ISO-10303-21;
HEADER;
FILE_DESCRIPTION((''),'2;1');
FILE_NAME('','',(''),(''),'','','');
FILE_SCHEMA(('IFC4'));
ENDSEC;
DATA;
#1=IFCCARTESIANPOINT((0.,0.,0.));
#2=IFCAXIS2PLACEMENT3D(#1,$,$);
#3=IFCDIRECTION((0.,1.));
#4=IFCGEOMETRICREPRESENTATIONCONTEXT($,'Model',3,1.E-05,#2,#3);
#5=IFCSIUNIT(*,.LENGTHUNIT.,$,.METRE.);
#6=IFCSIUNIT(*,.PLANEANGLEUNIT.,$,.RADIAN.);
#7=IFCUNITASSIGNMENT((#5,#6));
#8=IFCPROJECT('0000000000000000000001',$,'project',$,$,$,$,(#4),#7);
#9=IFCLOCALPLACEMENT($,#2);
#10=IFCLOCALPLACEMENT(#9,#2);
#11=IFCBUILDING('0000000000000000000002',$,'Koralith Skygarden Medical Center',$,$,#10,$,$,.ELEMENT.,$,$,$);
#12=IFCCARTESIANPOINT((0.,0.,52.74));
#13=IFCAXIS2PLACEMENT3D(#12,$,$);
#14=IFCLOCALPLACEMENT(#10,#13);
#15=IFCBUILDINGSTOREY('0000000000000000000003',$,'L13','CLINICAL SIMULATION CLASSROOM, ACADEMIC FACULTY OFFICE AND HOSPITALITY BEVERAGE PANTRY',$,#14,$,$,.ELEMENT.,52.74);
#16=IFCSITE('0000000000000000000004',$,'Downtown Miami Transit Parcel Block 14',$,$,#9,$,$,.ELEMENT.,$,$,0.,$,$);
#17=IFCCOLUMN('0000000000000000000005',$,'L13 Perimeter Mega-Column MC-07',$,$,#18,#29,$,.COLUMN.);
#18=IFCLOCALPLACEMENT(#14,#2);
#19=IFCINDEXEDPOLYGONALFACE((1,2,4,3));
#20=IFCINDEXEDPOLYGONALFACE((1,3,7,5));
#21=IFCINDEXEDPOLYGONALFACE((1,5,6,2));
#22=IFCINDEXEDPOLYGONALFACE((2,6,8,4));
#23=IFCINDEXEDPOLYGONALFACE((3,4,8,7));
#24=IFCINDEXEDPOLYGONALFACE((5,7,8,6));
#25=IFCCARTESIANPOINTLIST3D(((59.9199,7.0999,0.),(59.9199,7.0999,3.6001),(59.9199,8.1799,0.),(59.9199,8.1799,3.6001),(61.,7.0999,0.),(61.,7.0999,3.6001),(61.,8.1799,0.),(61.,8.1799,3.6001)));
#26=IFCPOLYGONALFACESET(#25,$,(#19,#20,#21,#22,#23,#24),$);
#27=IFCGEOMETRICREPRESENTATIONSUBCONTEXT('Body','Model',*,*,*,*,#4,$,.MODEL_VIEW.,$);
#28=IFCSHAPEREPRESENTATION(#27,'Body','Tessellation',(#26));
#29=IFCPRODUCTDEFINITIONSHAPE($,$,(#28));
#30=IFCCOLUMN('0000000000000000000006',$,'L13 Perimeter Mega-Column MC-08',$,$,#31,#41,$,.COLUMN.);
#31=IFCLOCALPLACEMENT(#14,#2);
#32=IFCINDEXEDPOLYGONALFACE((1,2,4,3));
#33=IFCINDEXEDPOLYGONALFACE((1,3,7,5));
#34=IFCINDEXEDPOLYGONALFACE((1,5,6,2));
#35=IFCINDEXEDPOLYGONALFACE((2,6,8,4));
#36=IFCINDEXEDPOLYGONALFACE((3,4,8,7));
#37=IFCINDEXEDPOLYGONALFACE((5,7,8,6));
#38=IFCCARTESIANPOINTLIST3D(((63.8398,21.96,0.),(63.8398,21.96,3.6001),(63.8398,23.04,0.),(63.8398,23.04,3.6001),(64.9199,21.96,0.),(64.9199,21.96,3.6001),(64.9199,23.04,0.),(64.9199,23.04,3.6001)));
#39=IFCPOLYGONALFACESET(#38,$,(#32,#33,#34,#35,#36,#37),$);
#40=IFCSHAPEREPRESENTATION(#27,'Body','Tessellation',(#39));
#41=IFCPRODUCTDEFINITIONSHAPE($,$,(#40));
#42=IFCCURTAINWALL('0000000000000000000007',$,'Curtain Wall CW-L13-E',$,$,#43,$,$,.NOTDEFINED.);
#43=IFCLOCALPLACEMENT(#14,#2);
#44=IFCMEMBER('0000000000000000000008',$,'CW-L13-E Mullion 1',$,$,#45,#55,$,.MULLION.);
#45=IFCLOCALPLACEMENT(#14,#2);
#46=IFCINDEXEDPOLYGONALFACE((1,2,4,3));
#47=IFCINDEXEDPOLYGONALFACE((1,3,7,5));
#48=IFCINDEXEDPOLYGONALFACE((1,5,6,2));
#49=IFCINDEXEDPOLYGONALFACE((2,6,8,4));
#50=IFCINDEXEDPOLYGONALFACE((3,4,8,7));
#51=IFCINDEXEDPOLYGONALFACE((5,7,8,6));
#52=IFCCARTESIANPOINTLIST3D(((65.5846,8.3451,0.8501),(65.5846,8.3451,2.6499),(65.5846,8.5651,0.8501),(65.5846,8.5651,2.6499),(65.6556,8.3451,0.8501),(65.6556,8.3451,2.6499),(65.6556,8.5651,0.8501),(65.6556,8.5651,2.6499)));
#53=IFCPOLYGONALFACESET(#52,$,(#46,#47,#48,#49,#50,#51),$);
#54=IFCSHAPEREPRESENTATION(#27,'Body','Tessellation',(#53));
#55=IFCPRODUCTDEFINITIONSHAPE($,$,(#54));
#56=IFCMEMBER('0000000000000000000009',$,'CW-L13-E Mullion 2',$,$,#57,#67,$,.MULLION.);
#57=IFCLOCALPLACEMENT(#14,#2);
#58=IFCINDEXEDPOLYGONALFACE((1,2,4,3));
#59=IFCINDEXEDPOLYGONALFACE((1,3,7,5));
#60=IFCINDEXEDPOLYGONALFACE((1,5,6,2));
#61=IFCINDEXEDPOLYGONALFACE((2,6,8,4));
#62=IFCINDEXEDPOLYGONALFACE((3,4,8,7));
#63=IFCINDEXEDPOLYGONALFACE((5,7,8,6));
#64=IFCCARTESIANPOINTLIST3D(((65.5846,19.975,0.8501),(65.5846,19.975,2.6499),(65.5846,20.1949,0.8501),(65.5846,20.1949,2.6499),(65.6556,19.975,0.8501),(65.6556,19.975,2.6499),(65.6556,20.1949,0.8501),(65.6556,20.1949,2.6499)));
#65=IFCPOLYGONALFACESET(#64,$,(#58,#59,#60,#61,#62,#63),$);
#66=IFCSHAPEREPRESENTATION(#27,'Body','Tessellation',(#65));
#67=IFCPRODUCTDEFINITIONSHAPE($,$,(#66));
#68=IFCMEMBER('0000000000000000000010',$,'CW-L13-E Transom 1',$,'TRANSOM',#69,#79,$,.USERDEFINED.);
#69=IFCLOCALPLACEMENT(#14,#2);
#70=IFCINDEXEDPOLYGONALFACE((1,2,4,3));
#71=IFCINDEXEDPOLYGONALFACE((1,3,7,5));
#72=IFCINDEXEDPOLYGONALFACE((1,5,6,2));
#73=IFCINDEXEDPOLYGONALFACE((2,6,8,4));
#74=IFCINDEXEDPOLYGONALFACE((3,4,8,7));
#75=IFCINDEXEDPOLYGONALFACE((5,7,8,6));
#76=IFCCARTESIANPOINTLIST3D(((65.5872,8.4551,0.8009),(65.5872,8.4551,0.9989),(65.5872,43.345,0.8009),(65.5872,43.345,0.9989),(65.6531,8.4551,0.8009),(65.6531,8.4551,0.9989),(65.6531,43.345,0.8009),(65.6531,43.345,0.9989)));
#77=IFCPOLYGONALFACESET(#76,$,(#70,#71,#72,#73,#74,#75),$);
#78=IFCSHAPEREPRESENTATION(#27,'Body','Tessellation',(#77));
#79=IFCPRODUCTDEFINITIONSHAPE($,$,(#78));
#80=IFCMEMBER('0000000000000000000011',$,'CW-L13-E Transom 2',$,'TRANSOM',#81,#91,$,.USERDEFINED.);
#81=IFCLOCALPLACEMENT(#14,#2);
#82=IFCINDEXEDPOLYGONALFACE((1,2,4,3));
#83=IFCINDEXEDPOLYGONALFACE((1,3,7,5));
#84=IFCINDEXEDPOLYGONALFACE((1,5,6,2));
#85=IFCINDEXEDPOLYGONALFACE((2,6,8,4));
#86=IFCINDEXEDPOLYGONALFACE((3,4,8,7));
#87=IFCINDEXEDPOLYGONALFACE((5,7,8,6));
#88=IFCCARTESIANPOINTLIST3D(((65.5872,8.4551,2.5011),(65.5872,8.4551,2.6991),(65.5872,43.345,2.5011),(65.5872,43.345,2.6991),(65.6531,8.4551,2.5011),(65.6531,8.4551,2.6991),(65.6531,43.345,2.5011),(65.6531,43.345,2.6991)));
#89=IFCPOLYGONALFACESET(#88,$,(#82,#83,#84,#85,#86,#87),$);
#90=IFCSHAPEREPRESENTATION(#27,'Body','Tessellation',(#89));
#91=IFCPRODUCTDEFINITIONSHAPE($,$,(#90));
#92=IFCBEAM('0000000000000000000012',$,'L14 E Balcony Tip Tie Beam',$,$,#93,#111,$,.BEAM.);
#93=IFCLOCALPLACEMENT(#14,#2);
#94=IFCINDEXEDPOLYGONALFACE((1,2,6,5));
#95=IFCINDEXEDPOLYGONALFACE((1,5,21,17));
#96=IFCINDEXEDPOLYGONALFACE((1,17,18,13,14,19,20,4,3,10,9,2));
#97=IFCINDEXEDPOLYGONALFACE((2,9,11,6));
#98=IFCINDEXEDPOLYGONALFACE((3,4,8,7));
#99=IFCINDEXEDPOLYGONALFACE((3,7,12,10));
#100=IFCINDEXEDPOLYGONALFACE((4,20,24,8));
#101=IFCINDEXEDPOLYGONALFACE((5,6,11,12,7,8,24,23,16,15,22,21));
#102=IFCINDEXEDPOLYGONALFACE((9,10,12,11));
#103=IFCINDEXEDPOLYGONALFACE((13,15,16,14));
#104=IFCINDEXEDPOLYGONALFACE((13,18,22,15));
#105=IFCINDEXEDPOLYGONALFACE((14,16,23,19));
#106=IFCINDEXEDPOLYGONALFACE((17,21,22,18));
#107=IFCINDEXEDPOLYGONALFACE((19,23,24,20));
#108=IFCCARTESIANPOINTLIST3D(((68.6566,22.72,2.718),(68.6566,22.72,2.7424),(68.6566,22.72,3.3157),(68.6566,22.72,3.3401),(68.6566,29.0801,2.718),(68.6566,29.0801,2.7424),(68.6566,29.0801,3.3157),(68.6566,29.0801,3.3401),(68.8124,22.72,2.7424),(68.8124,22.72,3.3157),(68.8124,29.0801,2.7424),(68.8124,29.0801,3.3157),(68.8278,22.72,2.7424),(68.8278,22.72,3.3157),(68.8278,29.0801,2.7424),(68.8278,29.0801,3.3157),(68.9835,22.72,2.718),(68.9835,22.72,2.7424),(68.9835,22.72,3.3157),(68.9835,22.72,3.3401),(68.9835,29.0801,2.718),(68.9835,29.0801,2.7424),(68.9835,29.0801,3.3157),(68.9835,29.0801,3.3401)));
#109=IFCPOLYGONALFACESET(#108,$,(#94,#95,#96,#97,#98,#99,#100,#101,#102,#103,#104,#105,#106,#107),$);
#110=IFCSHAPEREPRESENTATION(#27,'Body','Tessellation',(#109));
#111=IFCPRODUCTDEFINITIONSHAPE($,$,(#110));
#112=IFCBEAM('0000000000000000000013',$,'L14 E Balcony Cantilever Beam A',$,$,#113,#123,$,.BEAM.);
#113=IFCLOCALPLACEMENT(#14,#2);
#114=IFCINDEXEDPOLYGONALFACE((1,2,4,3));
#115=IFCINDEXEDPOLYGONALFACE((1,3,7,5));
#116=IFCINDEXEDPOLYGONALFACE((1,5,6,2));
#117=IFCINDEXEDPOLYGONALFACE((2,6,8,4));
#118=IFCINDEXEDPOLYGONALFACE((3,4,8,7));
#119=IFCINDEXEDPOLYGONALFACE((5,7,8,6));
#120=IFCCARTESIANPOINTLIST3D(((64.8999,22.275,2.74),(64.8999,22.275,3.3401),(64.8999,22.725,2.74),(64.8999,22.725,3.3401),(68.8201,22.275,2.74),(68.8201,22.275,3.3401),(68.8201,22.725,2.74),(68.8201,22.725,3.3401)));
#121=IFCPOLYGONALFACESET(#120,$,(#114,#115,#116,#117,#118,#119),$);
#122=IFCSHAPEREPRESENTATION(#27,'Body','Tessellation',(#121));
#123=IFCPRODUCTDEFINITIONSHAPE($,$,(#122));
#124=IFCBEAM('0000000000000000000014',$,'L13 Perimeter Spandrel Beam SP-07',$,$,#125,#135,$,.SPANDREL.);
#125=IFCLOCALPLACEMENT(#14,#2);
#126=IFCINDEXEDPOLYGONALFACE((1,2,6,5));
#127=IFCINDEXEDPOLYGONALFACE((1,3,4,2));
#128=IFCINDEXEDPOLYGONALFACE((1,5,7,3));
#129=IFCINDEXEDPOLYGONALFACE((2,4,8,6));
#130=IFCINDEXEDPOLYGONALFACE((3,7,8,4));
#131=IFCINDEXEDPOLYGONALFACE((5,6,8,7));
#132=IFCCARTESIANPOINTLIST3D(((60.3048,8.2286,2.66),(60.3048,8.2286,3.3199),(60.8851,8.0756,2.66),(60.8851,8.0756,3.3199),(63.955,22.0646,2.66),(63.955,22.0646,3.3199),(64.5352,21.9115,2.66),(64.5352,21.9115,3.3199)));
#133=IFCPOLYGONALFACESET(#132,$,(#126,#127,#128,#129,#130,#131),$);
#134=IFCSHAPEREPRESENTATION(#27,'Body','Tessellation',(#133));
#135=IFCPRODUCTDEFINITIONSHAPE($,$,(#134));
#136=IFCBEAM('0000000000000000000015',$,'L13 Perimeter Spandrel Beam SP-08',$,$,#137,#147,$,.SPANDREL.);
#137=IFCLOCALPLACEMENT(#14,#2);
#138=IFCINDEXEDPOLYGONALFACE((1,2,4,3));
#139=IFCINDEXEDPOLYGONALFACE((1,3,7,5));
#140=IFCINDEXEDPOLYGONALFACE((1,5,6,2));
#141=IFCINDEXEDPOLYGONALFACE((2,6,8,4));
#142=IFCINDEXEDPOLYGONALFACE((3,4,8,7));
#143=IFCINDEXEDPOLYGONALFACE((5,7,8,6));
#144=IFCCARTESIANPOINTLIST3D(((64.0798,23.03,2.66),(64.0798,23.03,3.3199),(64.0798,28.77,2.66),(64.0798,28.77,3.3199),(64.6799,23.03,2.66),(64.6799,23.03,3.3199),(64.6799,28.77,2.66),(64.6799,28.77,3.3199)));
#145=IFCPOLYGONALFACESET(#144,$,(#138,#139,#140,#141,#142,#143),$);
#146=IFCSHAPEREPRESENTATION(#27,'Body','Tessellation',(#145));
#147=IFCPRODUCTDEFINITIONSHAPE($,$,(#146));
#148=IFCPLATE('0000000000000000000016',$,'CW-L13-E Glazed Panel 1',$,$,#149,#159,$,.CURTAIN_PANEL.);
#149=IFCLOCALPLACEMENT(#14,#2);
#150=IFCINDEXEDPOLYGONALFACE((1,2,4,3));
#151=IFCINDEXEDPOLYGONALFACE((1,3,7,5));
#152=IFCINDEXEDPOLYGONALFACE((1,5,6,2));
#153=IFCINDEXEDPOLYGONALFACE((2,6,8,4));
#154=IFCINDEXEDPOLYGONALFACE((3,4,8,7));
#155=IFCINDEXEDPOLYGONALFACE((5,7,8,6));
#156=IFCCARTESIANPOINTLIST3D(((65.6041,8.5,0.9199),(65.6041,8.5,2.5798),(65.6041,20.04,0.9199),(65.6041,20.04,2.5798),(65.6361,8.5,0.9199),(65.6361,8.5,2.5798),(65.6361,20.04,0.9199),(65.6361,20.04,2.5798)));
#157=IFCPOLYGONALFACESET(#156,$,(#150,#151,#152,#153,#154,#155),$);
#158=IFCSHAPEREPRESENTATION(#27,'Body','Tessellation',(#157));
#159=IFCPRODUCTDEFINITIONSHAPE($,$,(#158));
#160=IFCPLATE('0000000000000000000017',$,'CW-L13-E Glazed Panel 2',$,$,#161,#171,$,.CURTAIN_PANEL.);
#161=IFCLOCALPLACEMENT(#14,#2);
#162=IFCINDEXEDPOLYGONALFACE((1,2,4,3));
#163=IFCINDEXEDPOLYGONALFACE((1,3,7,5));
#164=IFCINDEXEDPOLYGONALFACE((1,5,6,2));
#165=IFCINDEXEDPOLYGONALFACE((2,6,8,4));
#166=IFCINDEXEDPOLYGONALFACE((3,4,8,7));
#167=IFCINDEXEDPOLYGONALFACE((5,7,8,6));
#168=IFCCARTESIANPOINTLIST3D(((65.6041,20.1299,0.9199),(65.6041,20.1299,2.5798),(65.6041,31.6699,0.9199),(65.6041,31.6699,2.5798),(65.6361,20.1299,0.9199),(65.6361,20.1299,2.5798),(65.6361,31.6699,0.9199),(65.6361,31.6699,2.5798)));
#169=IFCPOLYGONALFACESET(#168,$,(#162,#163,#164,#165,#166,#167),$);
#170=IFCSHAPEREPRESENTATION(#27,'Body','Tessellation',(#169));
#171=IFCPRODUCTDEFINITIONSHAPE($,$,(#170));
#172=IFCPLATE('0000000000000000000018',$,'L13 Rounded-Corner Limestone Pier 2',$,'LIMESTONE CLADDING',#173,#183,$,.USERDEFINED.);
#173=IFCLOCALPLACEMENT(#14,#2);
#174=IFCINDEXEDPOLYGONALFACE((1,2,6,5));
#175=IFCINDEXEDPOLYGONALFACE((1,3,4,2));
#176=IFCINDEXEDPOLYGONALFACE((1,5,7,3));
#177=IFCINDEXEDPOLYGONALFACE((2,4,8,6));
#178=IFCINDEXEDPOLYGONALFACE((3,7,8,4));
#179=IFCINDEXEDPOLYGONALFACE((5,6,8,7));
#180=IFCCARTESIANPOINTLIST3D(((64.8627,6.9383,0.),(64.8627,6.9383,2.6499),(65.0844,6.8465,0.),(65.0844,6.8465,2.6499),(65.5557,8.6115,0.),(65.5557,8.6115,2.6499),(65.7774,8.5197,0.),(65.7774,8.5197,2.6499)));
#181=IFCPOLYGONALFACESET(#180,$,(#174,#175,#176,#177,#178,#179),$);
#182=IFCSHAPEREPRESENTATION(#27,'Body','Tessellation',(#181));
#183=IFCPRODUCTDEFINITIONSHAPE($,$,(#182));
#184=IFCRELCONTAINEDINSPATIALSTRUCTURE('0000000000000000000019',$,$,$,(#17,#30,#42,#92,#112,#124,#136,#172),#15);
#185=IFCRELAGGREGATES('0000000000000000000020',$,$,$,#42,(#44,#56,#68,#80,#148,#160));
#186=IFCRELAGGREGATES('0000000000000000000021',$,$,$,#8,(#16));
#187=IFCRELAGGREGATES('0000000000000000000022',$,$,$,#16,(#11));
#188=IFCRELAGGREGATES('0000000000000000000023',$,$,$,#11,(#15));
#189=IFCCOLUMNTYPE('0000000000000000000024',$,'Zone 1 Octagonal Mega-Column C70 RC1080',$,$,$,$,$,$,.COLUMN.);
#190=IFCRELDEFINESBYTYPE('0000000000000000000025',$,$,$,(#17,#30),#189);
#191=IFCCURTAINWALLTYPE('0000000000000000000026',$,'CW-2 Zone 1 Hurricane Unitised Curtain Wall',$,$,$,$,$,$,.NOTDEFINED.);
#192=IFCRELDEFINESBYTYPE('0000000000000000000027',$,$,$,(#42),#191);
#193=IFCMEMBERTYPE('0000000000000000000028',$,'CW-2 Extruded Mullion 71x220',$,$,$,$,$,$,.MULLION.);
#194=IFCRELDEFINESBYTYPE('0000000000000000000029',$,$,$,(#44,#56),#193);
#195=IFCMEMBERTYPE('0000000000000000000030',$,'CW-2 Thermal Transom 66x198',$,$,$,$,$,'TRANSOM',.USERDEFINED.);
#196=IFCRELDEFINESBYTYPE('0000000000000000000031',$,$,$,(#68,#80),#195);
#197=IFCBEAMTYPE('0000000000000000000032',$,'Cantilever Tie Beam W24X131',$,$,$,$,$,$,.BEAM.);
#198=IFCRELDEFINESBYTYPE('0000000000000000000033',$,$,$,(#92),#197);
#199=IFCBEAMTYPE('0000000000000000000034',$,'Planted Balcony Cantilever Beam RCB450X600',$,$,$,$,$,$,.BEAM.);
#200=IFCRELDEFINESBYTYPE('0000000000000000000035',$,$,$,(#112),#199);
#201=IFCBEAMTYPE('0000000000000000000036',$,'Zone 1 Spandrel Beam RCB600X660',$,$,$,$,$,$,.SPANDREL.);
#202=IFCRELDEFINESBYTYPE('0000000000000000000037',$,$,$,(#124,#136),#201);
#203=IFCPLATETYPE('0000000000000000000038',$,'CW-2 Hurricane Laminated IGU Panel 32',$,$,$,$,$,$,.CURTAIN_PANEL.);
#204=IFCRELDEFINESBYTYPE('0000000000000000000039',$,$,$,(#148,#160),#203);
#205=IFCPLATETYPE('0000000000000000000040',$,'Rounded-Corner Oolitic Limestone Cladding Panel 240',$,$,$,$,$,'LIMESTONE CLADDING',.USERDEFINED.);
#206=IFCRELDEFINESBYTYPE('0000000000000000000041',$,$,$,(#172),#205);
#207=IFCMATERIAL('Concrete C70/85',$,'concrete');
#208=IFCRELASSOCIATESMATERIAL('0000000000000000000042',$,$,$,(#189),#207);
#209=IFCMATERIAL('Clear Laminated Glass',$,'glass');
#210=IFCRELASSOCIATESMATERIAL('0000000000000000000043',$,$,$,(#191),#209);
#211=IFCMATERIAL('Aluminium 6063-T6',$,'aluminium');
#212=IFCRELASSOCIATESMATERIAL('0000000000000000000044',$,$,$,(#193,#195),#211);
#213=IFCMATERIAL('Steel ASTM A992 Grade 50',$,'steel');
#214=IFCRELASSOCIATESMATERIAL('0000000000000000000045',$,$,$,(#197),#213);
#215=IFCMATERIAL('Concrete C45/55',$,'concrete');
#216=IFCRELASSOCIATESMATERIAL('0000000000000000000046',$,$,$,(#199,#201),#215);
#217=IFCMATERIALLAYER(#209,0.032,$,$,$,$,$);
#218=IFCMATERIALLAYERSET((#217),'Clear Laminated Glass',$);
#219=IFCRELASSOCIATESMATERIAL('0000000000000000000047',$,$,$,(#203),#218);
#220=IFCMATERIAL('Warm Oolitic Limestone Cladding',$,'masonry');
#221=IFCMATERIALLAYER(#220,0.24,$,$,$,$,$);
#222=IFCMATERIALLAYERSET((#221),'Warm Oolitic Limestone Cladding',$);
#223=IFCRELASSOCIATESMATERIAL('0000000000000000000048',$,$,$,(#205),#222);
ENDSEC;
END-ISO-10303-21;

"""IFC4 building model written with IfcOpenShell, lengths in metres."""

from ifc_helpers import new_model, si_unit, direction, frame, origin, origin_2d, place, context, subcontext, project, spatial, rectangle, i_section, extrude, material, layer, layer_set, material_profile, profile_set, type_object, element, aggregate, save


model = new_model("IFC4")

# Units and contexts
model_context = context("Model", 3, precision=1e-05, world=origin(), true_north=direction((0.0, 1.0)))
body_context = subcontext(model_context, "Body", "Model", "MODEL_VIEW")
ifc_project = project(units=[si_unit("LENGTHUNIT", "METRE"), si_unit("PLANEANGLEUNIT", "RADIAN")], contexts=[model_context])

# Site, building, storey
site_placement = place(None, origin())
site = spatial("IfcSite", under=ifc_project, at=site_placement, Name="Downtown Miami Transit Parcel Block 14", CompositionType="ELEMENT", RefElevation=0.0)
building_placement = place(site_placement, origin())
building = spatial("IfcBuilding", under=site, at=building_placement, Name="Koralith Skygarden Medical Center", CompositionType="ELEMENT")
storey_placement = place(building_placement, frame((0.0, 0.0, 52.74)))
storey = spatial("IfcBuildingStorey", under=building, at=storey_placement, Name="L13", Description="CLINICAL SIMULATION CLASSROOM, ACADEMIC FACULTY OFFICE AND HOSPITALITY BEVERAGE PANTRY", CompositionType="ELEMENT", Elevation=52.74)

# Columns
ifc_material_1 = material(Name="Concrete C70/85", Category="concrete")
ifc_material_profile_1 = material_profile(ifc_material_1, rectangle(XDim=1.0801, YDim=1.0801, at=origin_2d()), Name="RC1080X1080")
ifc_profile_set_1 = profile_set([ifc_material_profile_1], Name="Concrete C70/85")
column_type = type_object("IfcColumnType", Name="Zone 1 Octagonal Mega-Column C70 RC1080", PredefinedType="COLUMN", material=ifc_profile_set_1)
for number, where, z_axis, x_axis, name in (
    (1, (60.46, 7.6399, 0.0), (0.0, 0.0, 1.0), (1.0, 0.0, 0.0), "L13 Perimeter Mega-Column MC-07"),
    (2, (64.3799, 22.5, 0.0), (0.0, 0.0, 1.0), (1.0, 0.0, 0.0), "L13 Perimeter Mega-Column MC-08"),
):
    element("IfcColumn", number, at=place(storey_placement, frame(where, z_axis=z_axis, x_axis=x_axis)), inside=storey, type_object=column_type, Name=name, PredefinedType="COLUMN", context=body_context, shape_type="SweptSolid", body=[
        extrude(rectangle(XDim=1.0801, YDim=1.0801, at=origin_2d()), origin(), (0.0, 0.0, 1.0), 3.6001),
    ])

# Curtain wall, members
ifc_material_2 = material(Name="Clear Laminated Glass", Category="glass")
curtain_wall_type = type_object("IfcCurtainWallType", Name="CW-2 Zone 1 Hurricane Unitised Curtain Wall", PredefinedType="NOTDEFINED", material=ifc_material_2)
curtain_wall_placement = place(storey_placement, origin())
curtain_wall = element("IfcCurtainWall", 3, at=curtain_wall_placement, inside=storey, type_object=curtain_wall_type, Name="Curtain Wall CW-L13-E", PredefinedType="NOTDEFINED")
ifc_material_3 = material(Name="Aluminium 6063-T6", Category="aluminium")
ifc_material_profile_2 = material_profile(ifc_material_3, rectangle(XDim=0.071, YDim=0.22, at=origin_2d()), Name="MUL71X220")
ifc_profile_set_2 = profile_set([ifc_material_profile_2], Name="Aluminium 6063-T6")
member_type_1 = type_object("IfcMemberType", Name="CW-2 Extruded Mullion 71x220", PredefinedType="MULLION", material=ifc_profile_set_2)
member_1_placement = place(storey_placement, frame((65.6201, 8.4551, 0.8501), z_axis=(0.0, 0.0, 1.0), x_axis=(1.0, 0.0, 0.0)))
member_1 = element("IfcMember", 4, at=member_1_placement, type_object=member_type_1, Name="CW-L13-E Mullion 1", PredefinedType="MULLION", context=body_context, shape_type="SweptSolid", body=[
    extrude(rectangle(XDim=0.071, YDim=0.22, at=origin_2d()), origin(), (0.0, 0.0, 1.0), 1.7998),
])
member_2_placement = place(storey_placement, frame((65.6201, 20.085, 0.8501), z_axis=(0.0, 0.0, 1.0), x_axis=(1.0, 0.0, 0.0)))
member_2 = element("IfcMember", 5, at=member_2_placement, type_object=member_type_1, Name="CW-L13-E Mullion 2", PredefinedType="MULLION", context=body_context, shape_type="SweptSolid", body=[
    extrude(rectangle(XDim=0.071, YDim=0.22, at=origin_2d()), origin(), (0.0, 0.0, 1.0), 1.7998),
])
ifc_material_profile_3 = material_profile(ifc_material_3, rectangle(XDim=0.0659, YDim=0.198, at=origin_2d()), Name="TRN66X198")
ifc_profile_set_3 = profile_set([ifc_material_profile_3], Name="Aluminium 6063-T6")
member_type_2 = type_object("IfcMemberType", Name="CW-2 Thermal Transom 66x198", ElementType="TRANSOM", PredefinedType="USERDEFINED", material=ifc_profile_set_3)
member_3_placement = place(storey_placement, frame((65.6201, 8.4551, 0.8999), z_axis=(0.0, 1.0, 0.0), x_axis=(-1.0, 0.0, 0.0)))
member_3 = element("IfcMember", 6, at=member_3_placement, type_object=member_type_2, Name="CW-L13-E Transom 1", ObjectType="TRANSOM", PredefinedType="USERDEFINED", context=body_context, shape_type="SweptSolid", body=[
    extrude(rectangle(XDim=0.0659, YDim=0.198, at=origin_2d()), origin(), (0.0, 0.0, 1.0), 34.8899),
])
member_4_placement = place(storey_placement, frame((65.6201, 8.4551, 2.6001), z_axis=(0.0, 1.0, 0.0), x_axis=(-1.0, 0.0, 0.0)))
member_4 = element("IfcMember", 7, at=member_4_placement, type_object=member_type_2, Name="CW-L13-E Transom 2", ObjectType="TRANSOM", PredefinedType="USERDEFINED", context=body_context, shape_type="SweptSolid", body=[
    extrude(rectangle(XDim=0.0659, YDim=0.198, at=origin_2d()), origin(), (0.0, 0.0, 1.0), 34.8899),
])

# Beams
ifc_material_4 = material(Name="Steel ASTM A992 Grade 50", Category="steel")
ifc_material_profile_4 = material_profile(ifc_material_4, i_section(OverallWidth=0.3269, OverallDepth=0.6221, WebThickness=0.0154, FlangeThickness=0.0244, at=origin_2d()), Name="W24X131")
ifc_profile_set_4 = profile_set([ifc_material_profile_4], Name="Steel ASTM A992 Grade 50")
beam_type_1 = type_object("IfcBeamType", Name="Cantilever Tie Beam W24X131", PredefinedType="BEAM", material=ifc_profile_set_4)
beam_1_placement = place(storey_placement, frame((68.8201, 22.72, 3.0291), z_axis=(0.0, 1.0, 0.0), x_axis=(-1.0, 0.0, 0.0)))
element("IfcBeam", 8, at=beam_1_placement, inside=storey, type_object=beam_type_1, Name="L14 E Balcony Tip Tie Beam", PredefinedType="BEAM", context=body_context, shape_type="SweptSolid", body=[
    extrude(i_section(OverallWidth=0.3269, OverallDepth=0.6221, WebThickness=0.0154, FlangeThickness=0.0244, at=origin_2d()), origin(), (0.0, 0.0, 1.0), 6.3601),
])
ifc_material_5 = material(Name="Concrete C45/55", Category="concrete")
ifc_material_profile_5 = material_profile(ifc_material_5, rectangle(XDim=0.45, YDim=0.6001, at=origin_2d()), Name="RCB450X600")
ifc_profile_set_5 = profile_set([ifc_material_profile_5], Name="Concrete C45/55")
beam_type_2 = type_object("IfcBeamType", Name="Planted Balcony Cantilever Beam RCB450X600", PredefinedType="BEAM", material=ifc_profile_set_5)
beam_2_placement = place(storey_placement, frame((64.8999, 22.5, 3.04), z_axis=(1.0, 0.0, 0.0), x_axis=(0.0, 1.0, 0.0)))
element("IfcBeam", 9, at=beam_2_placement, inside=storey, type_object=beam_type_2, Name="L14 E Balcony Cantilever Beam A", PredefinedType="BEAM", context=body_context, shape_type="SweptSolid", body=[
    extrude(rectangle(XDim=0.45, YDim=0.6001, at=origin_2d()), origin(), (0.0, 0.0, 1.0), 3.9202),
])
ifc_material_profile_6 = material_profile(ifc_material_5, rectangle(XDim=0.6001, YDim=0.6599, at=origin_2d()), Name="RCB600X660")
ifc_profile_set_6 = profile_set([ifc_material_profile_6], Name="Concrete C45/55")
beam_type_3 = type_object("IfcBeamType", Name="Zone 1 Spandrel Beam RCB600X660", PredefinedType="SPANDREL", material=ifc_profile_set_6)
beam_3_placement = place(storey_placement, frame((60.595, 8.1521, 2.99), z_axis=(0.255089, 0.966918, 0.0), x_axis=(-0.966918, 0.255089, 0.0)))
element("IfcBeam", 10, at=beam_3_placement, inside=storey, type_object=beam_type_3, Name="L13 Perimeter Spandrel Beam SP-07", PredefinedType="SPANDREL", context=body_context, shape_type="SweptSolid", body=[
    extrude(rectangle(XDim=0.6001, YDim=0.6599, at=origin_2d()), origin(), (0.0, 0.0, 1.0), 14.3093),
])
beam_4_placement = place(storey_placement, frame((64.3799, 23.03, 2.99), z_axis=(0.0, 1.0, 0.0), x_axis=(-1.0, 0.0, 0.0)))
element("IfcBeam", 11, at=beam_4_placement, inside=storey, type_object=beam_type_3, Name="L13 Perimeter Spandrel Beam SP-08", PredefinedType="SPANDREL", context=body_context, shape_type="SweptSolid", body=[
    extrude(rectangle(XDim=0.6001, YDim=0.6599, at=origin_2d()), origin(), (0.0, 0.0, 1.0), 5.74),
])

# Plates
ifc_layer_1 = layer(ifc_material_2, 0.032)
ifc_layer_set_1 = layer_set([ifc_layer_1], Name="Clear Laminated Glass")
plate_type_1 = type_object("IfcPlateType", Name="CW-2 Hurricane Laminated IGU Panel 32", PredefinedType="CURTAIN_PANEL", material=ifc_layer_set_1)
plate_1_placement = place(storey_placement, frame((65.6201, 14.27, 0.9199), z_axis=(0.0, 0.0, 1.0), x_axis=(0.0, 1.0, 0.0)))
plate_1 = element("IfcPlate", 12, at=plate_1_placement, type_object=plate_type_1, Name="CW-L13-E Glazed Panel 1", PredefinedType="CURTAIN_PANEL", context=body_context, shape_type="SweptSolid", body=[
    extrude(rectangle(XDim=11.54, YDim=0.032, at=origin_2d()), origin(), (0.0, 0.0, 1.0), 1.6599),
])
plate_2_placement = place(storey_placement, frame((65.6201, 25.8999, 0.9199), z_axis=(0.0, 0.0, 1.0), x_axis=(0.0, 1.0, 0.0)))
plate_2 = element("IfcPlate", 13, at=plate_2_placement, type_object=plate_type_1, Name="CW-L13-E Glazed Panel 2", PredefinedType="CURTAIN_PANEL", context=body_context, shape_type="SweptSolid", body=[
    extrude(rectangle(XDim=11.54, YDim=0.032, at=origin_2d()), origin(), (0.0, 0.0, 1.0), 1.6599),
])
aggregate(curtain_wall, [member_1, member_2, member_3, member_4, plate_1, plate_2])
ifc_material_6 = material(Name="Warm Oolitic Limestone Cladding", Category="masonry")
ifc_layer_2 = layer(ifc_material_6, 0.24)
ifc_layer_set_2 = layer_set([ifc_layer_2], Name="Warm Oolitic Limestone Cladding")
plate_type_2 = type_object("IfcPlateType", Name="Rounded-Corner Oolitic Limestone Cladding Panel 240", ElementType="LIMESTONE CLADDING", PredefinedType="USERDEFINED", material=ifc_layer_set_2)
plate_3_placement = place(storey_placement, frame((65.3201, 7.729, 0.0), z_axis=(0.0, 0.0, 1.0), x_axis=(0.382671, 0.923885, 0.0)))
element("IfcPlate", 14, at=plate_3_placement, inside=storey, type_object=plate_type_2, Name="L13 Rounded-Corner Limestone Pier 2", ObjectType="LIMESTONE CLADDING", PredefinedType="USERDEFINED", context=body_context, shape_type="SweptSolid", body=[
    extrude(rectangle(XDim=1.811, YDim=0.24, at=origin_2d()), origin(), (0.0, 0.0, 1.0), 2.6499),
])

save(model, "model.ifc")
